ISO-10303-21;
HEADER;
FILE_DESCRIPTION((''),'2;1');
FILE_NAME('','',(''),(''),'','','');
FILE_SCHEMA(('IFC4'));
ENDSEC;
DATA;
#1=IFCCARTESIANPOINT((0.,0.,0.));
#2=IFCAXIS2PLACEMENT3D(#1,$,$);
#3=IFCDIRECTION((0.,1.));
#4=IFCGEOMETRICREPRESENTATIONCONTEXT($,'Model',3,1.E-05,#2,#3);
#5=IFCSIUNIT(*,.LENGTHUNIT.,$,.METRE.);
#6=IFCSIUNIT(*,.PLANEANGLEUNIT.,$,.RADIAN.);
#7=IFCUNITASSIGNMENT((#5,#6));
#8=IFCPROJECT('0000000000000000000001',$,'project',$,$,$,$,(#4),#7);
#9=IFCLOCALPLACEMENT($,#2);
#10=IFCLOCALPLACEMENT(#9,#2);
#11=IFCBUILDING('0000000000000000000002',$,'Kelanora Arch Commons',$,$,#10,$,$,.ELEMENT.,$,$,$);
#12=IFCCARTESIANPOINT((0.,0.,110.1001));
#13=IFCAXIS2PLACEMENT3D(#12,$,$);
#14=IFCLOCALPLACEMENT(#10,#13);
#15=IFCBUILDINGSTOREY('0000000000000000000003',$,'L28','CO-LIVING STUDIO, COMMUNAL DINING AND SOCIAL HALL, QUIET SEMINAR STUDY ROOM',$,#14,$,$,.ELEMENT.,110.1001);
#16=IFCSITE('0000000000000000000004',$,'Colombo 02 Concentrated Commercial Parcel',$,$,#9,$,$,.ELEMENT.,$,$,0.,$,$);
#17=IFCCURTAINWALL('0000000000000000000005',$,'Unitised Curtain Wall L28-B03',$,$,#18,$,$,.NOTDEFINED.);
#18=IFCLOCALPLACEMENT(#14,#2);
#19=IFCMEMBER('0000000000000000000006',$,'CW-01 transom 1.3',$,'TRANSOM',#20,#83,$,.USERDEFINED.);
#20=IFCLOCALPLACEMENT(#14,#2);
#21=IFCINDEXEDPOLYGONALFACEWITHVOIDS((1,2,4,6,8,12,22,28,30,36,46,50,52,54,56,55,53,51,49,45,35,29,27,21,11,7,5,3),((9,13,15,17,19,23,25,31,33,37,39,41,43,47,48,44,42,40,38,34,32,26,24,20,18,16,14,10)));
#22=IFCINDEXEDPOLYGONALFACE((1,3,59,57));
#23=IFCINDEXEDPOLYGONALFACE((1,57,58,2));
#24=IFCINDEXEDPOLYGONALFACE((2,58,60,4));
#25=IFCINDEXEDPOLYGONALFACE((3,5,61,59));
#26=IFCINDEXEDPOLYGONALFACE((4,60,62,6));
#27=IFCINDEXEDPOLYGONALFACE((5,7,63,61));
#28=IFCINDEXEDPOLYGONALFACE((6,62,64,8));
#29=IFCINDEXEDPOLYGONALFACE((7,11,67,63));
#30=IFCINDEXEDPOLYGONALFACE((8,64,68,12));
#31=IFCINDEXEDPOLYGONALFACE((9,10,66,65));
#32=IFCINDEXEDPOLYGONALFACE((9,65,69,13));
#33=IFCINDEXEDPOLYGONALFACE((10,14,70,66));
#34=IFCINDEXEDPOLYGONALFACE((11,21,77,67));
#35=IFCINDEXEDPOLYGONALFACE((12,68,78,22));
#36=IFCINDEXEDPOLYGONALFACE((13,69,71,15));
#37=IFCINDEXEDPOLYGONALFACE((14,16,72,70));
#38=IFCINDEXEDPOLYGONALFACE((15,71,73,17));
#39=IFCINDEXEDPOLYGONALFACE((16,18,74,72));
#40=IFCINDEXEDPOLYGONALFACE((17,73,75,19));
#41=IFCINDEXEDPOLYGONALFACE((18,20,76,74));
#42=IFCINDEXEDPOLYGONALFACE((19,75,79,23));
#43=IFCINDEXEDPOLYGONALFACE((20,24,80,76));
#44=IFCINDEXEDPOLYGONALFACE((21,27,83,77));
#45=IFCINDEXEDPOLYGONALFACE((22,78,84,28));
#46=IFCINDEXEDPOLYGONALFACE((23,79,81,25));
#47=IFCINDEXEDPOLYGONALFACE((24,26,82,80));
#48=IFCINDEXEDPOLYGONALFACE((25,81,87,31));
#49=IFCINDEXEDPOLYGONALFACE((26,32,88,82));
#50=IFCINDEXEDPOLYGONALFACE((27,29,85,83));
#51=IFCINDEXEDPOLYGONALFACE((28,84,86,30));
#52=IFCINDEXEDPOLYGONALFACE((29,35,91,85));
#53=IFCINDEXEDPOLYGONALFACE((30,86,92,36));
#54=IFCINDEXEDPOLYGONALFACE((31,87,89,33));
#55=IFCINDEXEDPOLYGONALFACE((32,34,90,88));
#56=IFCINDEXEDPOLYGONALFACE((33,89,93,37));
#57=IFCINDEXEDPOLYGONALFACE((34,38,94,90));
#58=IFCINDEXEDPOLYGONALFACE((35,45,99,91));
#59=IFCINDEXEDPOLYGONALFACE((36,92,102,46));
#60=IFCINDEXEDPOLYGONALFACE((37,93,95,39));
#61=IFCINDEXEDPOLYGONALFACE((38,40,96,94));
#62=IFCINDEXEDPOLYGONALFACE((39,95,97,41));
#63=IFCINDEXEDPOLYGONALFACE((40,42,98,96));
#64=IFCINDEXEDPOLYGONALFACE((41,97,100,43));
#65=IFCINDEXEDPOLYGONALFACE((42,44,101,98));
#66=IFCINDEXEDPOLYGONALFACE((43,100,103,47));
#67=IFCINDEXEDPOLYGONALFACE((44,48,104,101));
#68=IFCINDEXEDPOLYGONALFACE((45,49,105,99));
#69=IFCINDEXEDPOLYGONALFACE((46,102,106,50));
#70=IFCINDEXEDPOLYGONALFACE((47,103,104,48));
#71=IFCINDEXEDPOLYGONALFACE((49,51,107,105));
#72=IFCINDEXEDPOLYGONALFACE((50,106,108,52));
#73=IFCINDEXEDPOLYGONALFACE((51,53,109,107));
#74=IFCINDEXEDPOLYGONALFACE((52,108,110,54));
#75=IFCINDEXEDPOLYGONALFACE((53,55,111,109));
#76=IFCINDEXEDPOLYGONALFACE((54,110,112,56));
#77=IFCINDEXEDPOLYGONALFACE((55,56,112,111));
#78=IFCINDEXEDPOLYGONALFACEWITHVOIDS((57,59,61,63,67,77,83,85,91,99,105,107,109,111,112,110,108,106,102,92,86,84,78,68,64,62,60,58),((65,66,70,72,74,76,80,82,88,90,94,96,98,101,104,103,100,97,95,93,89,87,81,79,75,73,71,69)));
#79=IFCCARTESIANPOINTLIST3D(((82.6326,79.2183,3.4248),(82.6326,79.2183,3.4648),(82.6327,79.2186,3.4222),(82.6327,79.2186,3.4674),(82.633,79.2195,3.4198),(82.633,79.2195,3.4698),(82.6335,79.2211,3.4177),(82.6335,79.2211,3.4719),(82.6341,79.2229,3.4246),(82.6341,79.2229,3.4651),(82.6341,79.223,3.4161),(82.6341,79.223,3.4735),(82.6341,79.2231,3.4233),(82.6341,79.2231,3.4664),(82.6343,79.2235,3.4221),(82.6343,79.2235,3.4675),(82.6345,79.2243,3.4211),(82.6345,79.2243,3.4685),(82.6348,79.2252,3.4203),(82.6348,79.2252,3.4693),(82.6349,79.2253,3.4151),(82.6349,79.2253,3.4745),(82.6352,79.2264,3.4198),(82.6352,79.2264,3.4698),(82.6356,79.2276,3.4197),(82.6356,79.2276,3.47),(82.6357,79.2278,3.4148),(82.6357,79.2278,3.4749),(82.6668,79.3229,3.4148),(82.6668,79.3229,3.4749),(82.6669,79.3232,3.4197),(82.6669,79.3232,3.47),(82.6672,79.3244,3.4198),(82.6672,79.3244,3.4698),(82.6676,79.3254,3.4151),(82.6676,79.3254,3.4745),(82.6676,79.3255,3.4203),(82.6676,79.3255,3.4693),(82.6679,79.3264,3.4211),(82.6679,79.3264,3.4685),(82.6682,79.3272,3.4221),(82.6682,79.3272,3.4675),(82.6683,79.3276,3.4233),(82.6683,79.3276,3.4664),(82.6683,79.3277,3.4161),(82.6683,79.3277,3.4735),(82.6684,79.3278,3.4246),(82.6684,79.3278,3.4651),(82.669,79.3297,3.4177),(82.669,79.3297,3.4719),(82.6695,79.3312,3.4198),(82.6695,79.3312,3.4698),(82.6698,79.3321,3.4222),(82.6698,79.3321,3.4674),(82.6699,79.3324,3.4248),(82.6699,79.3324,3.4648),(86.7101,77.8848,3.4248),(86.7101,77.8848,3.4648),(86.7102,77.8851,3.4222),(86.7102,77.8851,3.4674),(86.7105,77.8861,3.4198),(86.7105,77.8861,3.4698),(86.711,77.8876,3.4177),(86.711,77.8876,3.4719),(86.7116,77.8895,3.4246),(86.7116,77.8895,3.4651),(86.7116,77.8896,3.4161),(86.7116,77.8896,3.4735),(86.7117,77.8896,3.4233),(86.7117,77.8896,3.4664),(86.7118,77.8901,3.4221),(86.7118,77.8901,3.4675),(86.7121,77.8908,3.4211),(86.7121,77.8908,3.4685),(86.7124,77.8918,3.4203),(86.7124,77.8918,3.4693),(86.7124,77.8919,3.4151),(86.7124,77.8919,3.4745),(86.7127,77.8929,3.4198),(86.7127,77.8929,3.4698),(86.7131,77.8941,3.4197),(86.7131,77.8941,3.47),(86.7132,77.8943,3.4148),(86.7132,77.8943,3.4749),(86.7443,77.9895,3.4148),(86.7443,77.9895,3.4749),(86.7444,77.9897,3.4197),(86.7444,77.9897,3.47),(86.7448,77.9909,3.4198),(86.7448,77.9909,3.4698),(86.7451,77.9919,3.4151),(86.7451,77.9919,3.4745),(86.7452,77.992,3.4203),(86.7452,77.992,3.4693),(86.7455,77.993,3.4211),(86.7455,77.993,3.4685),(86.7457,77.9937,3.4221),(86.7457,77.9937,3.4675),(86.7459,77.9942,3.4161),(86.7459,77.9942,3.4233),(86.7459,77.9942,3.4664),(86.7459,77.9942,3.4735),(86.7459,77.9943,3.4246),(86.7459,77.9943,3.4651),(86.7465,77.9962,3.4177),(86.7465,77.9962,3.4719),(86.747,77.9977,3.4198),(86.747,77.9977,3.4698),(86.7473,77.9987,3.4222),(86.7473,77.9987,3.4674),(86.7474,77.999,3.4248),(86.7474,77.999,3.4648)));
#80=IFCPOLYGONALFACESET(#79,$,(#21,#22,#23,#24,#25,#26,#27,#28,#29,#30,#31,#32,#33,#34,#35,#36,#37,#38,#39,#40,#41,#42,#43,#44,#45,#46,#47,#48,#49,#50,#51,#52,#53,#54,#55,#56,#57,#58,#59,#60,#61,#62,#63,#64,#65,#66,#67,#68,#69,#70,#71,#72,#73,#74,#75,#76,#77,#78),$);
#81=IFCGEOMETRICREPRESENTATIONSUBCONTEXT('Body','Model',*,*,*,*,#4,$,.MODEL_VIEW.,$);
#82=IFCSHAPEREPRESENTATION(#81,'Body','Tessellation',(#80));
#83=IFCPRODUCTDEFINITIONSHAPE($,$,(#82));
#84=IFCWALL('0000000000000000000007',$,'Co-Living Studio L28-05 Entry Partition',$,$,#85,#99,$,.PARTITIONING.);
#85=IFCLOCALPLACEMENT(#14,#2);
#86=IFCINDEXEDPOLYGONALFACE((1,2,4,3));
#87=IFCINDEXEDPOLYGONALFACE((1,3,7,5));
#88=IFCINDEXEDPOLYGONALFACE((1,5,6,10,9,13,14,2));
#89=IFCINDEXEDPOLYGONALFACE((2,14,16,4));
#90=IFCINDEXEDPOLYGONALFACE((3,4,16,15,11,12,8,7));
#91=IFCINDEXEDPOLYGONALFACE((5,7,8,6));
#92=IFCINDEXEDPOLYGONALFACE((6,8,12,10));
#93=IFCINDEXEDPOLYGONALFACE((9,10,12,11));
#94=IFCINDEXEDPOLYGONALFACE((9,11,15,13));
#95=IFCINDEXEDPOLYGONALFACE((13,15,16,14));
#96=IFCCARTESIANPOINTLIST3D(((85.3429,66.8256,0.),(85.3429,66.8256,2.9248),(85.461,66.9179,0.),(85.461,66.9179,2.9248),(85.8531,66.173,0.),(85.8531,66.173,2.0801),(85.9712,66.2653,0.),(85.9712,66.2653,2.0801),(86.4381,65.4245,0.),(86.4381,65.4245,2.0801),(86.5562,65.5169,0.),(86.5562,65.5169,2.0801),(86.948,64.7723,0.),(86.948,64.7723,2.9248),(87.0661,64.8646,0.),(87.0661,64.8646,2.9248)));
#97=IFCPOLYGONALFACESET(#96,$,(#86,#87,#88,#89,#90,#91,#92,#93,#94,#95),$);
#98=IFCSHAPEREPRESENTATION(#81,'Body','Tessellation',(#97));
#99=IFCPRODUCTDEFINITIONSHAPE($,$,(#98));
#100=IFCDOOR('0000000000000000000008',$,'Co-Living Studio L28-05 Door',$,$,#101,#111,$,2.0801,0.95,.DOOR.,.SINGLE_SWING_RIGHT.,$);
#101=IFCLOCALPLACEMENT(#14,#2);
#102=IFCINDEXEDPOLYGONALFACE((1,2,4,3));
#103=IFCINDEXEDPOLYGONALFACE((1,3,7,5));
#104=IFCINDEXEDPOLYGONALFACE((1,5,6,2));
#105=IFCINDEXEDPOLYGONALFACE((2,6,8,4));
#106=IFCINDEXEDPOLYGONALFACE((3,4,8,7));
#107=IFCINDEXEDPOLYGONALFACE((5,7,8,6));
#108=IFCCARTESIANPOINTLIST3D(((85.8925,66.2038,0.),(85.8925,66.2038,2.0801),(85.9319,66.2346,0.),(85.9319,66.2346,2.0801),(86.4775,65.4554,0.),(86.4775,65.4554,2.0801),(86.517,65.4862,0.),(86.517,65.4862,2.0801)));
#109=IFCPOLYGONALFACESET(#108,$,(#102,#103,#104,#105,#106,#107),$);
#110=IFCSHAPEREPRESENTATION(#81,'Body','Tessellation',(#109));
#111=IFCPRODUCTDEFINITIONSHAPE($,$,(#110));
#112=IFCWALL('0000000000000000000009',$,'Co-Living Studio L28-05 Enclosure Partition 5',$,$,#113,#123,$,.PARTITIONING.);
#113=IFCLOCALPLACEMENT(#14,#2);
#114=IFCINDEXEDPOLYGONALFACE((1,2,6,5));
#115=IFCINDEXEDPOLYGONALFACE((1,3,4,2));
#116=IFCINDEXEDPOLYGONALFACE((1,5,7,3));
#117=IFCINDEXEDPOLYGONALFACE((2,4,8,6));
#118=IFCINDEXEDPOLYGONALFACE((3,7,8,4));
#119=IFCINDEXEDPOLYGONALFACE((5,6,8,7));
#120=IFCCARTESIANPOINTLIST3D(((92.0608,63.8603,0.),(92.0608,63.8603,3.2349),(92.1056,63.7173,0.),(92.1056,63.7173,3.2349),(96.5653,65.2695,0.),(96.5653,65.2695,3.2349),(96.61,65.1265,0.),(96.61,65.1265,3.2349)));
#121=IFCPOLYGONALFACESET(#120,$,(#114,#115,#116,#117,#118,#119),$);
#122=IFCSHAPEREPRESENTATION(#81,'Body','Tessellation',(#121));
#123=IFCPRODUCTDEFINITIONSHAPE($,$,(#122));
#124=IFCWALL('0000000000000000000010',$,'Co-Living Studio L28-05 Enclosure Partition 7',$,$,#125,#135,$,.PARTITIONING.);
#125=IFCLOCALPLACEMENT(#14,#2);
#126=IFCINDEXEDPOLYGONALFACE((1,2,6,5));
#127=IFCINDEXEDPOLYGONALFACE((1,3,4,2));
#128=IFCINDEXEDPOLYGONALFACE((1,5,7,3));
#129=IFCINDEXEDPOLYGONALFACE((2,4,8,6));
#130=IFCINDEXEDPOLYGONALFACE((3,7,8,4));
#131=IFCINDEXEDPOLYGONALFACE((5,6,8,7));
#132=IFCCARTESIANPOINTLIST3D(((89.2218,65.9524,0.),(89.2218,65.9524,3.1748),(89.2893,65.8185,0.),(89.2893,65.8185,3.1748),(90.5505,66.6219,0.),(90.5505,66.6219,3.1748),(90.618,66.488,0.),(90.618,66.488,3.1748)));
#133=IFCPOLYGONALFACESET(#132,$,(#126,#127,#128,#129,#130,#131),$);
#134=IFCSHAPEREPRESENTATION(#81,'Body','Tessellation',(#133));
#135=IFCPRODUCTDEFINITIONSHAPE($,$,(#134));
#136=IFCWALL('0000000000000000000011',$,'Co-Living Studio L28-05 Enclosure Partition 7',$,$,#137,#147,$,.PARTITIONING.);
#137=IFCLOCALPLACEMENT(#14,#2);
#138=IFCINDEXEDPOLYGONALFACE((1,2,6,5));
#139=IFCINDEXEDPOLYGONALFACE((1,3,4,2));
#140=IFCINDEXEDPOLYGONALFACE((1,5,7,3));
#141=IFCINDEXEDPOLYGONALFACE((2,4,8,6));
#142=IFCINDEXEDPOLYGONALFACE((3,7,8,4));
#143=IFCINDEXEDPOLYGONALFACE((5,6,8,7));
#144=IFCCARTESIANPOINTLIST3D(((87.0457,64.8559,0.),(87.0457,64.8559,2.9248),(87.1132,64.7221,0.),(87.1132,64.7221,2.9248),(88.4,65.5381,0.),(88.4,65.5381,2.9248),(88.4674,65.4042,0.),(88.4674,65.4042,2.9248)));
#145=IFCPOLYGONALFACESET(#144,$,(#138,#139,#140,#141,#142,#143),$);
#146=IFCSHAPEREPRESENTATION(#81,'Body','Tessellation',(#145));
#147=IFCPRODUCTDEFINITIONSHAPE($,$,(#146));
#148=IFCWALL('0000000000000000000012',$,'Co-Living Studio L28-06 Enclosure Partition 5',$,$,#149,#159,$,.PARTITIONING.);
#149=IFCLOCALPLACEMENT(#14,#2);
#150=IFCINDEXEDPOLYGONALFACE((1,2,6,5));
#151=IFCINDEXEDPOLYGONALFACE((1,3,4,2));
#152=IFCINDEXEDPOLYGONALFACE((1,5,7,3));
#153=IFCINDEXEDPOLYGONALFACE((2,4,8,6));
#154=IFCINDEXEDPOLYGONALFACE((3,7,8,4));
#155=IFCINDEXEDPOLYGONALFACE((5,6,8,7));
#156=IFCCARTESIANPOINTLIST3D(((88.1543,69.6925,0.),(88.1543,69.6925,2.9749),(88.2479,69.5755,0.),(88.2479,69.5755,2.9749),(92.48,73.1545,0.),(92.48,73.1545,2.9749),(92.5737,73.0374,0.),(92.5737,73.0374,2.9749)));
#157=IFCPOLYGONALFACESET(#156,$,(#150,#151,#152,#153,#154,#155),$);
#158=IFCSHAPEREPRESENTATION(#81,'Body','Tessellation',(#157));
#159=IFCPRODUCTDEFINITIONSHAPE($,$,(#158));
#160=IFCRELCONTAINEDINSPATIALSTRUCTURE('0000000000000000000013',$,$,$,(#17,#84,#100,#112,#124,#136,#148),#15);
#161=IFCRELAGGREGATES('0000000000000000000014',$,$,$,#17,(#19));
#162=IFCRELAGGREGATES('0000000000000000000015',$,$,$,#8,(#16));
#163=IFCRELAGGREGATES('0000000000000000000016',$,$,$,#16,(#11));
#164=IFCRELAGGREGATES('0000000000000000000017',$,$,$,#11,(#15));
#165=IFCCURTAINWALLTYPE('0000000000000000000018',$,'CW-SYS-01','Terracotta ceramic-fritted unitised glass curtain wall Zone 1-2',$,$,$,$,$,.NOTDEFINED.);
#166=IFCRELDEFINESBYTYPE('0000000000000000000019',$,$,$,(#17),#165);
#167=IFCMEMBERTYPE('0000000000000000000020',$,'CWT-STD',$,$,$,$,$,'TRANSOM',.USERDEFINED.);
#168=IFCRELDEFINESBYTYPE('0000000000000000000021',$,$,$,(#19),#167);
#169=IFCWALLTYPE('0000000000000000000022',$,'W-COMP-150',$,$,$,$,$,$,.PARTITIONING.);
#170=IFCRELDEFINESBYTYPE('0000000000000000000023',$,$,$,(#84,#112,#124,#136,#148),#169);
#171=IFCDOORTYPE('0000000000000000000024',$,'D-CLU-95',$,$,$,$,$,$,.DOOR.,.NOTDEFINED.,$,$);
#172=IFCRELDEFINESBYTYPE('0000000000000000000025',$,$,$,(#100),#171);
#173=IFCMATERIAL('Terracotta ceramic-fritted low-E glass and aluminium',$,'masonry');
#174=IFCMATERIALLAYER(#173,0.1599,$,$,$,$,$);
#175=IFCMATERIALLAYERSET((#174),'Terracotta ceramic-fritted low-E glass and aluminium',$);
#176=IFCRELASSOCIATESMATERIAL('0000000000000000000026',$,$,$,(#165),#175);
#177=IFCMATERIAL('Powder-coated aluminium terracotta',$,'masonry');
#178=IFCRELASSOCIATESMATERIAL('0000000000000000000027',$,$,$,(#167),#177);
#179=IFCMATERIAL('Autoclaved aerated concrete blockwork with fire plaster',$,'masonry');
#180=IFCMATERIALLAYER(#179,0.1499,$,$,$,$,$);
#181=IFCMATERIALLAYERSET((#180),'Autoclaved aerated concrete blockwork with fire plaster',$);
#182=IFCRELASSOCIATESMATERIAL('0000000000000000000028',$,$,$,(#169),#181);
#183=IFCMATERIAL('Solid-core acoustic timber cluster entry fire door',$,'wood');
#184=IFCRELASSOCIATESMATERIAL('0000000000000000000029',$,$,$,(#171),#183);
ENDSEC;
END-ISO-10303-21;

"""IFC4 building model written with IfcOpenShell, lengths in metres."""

from ifc_helpers import new_model, si_unit, direction, frame, frame_2d, origin, origin_2d, place, context, subcontext, project, spatial, rectangle, hollow_rectangle, extrude, material, layer, layer_set, material_profile, profile_set, type_object, element, fill, aggregate, save


model = new_model("IFC4")

# Units and contexts
model_context = context("Model", 3, precision=1e-05, world=origin(), true_north=direction((0.0, 1.0)))
body_context = subcontext(model_context, "Body", "Model", "MODEL_VIEW")
ifc_project = project(units=[si_unit("LENGTHUNIT", "METRE"), si_unit("PLANEANGLEUNIT", "RADIAN")], contexts=[model_context])

# Site, building, storey
site_placement = place(None, origin())
site = spatial("IfcSite", under=ifc_project, at=site_placement, Name="Colombo 02 Concentrated Commercial Parcel", CompositionType="ELEMENT", RefElevation=0.0)
building_placement = place(site_placement, origin())
building = spatial("IfcBuilding", under=site, at=building_placement, Name="Kelanora Arch Commons", CompositionType="ELEMENT")
storey_placement = place(building_placement, frame((0.0, 0.0, 110.1001)))
storey = spatial("IfcBuildingStorey", under=building, at=storey_placement, Name="L28", Description="CO-LIVING STUDIO, COMMUNAL DINING AND SOCIAL HALL, QUIET SEMINAR STUDY ROOM", CompositionType="ELEMENT", Elevation=110.1001)

# Shared definitions
ifc_material_1 = material(Name="Terracotta ceramic-fritted low-E glass and aluminium", Category="masonry")
ifc_layer_1 = layer(ifc_material_1, 0.1599)
ifc_layer_set_1 = layer_set([ifc_layer_1], Name="Terracotta ceramic-fritted low-E glass and aluminium")
curtain_wall_type = type_object("IfcCurtainWallType", Name="CW-SYS-01", Description="Terracotta ceramic-fritted unitised glass curtain wall Zone 1-2", PredefinedType="NOTDEFINED", material=ifc_layer_set_1)
ifc_material_2 = material(Name="Powder-coated aluminium terracotta", Category="masonry")

# Curtain wall, member
curtain_wall_1_placement = place(storey_placement, origin())
curtain_wall_1 = element("IfcCurtainWall", 1, at=curtain_wall_1_placement, inside=storey, type_object=curtain_wall_type, Name="Unitised Curtain Wall L28-B03", PredefinedType="NOTDEFINED")
ifc_material_profile_1 = material_profile(ifc_material_2, hollow_rectangle(XDim=0.1201, YDim=0.0601, WallThickness=0.0049, InnerFilletRadius=0.0049, OuterFilletRadius=0.01, at=origin_2d()), Name="CWT120x60")
ifc_profile_set_1 = profile_set([ifc_material_profile_1], Name="Powder-coated aluminium terracotta")
member_type_1 = type_object("IfcMemberType", Name="CWT-STD", ElementType="TRANSOM", PredefinedType="USERDEFINED", material=ifc_profile_set_1)
member_1_placement = place(storey_placement, frame((86.7288, 77.9419, 3.4448), z_axis=(-0.950466, 0.310828, 0.0), x_axis=(-0.310828, -0.950466, 0.0)))
member_1 = element("IfcMember", 2, at=member_1_placement, type_object=member_type_1, Name="CW-01 transom 1.3", ObjectType="TRANSOM", PredefinedType="USERDEFINED", context=body_context, shape_type="SweptSolid", body=[
    extrude(hollow_rectangle(XDim=0.1201, YDim=0.0601, WallThickness=0.0049, InnerFilletRadius=0.0049, OuterFilletRadius=0.01, at=origin_2d()), origin(), (0.0, 0.0, 1.0), 4.29),
])
aggregate(curtain_wall_1, [member_1])

# Wall, opening, door
ifc_material_3 = material(Name="Autoclaved aerated concrete blockwork with fire plaster", Category="masonry")
ifc_layer_2 = layer(ifc_material_3, 0.1499)
ifc_layer_set_2 = layer_set([ifc_layer_2], Name="Autoclaved aerated concrete blockwork with fire plaster")
wall_type_1 = type_object("IfcWallType", Name="W-COMP-150", PredefinedType="PARTITIONING", material=ifc_layer_set_2)
wall_1_placement = place(storey_placement, frame((87.0071, 64.8184, 0.0), z_axis=(0.0, 0.0, 1.0), x_axis=(-0.615859, 0.787857, 0.0)))
wall_1 = element("IfcWall", 3, at=wall_1_placement, inside=storey, type_object=wall_type_1, Name="Co-Living Studio L28-05 Entry Partition", PredefinedType="PARTITIONING", context=body_context, shape_type="SweptSolid", body=[
    extrude(rectangle(XDim=2.6062, YDim=0.1499, at=frame_2d((1.3032, 0.0))), origin(), (0.0, 0.0, 1.0), 2.9248),
])
opening_1_placement = place(wall_1_placement, frame((0.8279, 0.0, 0.0)))
opening_1 = element("IfcOpeningElement", 4, at=opening_1_placement, cuts=wall_1, PredefinedType="OPENING", context=body_context, shape_type="SweptSolid", body=[
    extrude(rectangle(XDim=0.95, YDim=2.0801, at=frame_2d((0.4751, 1.04))), frame((0.0, 0.085, 0.0), z_axis=(0.0, -1.0, 0.0), x_axis=(1.0, 0.0, 0.0)), (0.0, 0.0, 1.0), 0.1699),
])
ifc_material_4 = material(Name="Solid-core acoustic timber cluster entry fire door", Category="wood")
door_type_1 = type_object("IfcDoorType", Name="D-CLU-95", OperationType="NOTDEFINED", PredefinedType="DOOR", material=ifc_material_4)
door_1_placement = place(opening_1_placement, origin())
door_1 = element("IfcDoor", 5, at=door_1_placement, inside=storey, type_object=door_type_1, Name="Co-Living Studio L28-05 Door", OperationType="SINGLE_SWING_RIGHT", OverallHeight=2.0801, OverallWidth=0.95, PredefinedType="DOOR", context=body_context, shape_type="SweptSolid", body=[
    extrude(rectangle(XDim=0.95, YDim=2.0801, at=frame_2d((0.4751, 1.04))), frame((0.0, 0.0249, 0.0), z_axis=(0.0, -1.0, 0.0), x_axis=(1.0, 0.0, 0.0)), (0.0, 0.0, 1.0), 0.05),
])
fill(opening_1, door_1)

# Walls
wall_2_placement = place(storey_placement, frame((96.5876, 65.198, 0.0), z_axis=(0.0, 0.0, 1.0), x_axis=(-0.954386, -0.298575, 0.0)))
element("IfcWall", 6, at=wall_2_placement, inside=storey, type_object=wall_type_1, Name="Co-Living Studio L28-05 Enclosure Partition 5", PredefinedType="PARTITIONING", context=body_context, shape_type="SweptSolid", body=[
    extrude(rectangle(XDim=4.7197, YDim=0.1499, at=frame_2d((2.3599, 0.0))), origin(), (0.0, 0.0, 1.0), 3.2349),
])
wall_3_placement = place(storey_placement, frame((90.5842, 66.5549, 0.0), z_axis=(0.0, 0.0, 1.0), x_axis=(-0.893044, -0.449968, 0.0)))
element("IfcWall", 7, at=wall_3_placement, inside=storey, type_object=wall_type_1, Name="Co-Living Studio L28-05 Enclosure Partition 7", PredefinedType="PARTITIONING", context=body_context, shape_type="SweptSolid", body=[
    extrude(rectangle(XDim=1.4878, YDim=0.1499, at=frame_2d((0.7439, 0.0))), origin(), (0.0, 0.0, 1.0), 3.1748),
])
wall_4_placement = place(storey_placement, frame((88.4338, 65.4712, 0.0), z_axis=(0.0, 0.0, 1.0), x_axis=(-0.893103, -0.449852, 0.0)))
element("IfcWall", 8, at=wall_4_placement, inside=storey, type_object=wall_type_1, Name="Co-Living Studio L28-05 Enclosure Partition 7", PredefinedType="PARTITIONING", context=body_context, shape_type="SweptSolid", body=[
    extrude(rectangle(XDim=1.5164, YDim=0.1499, at=frame_2d((0.7583, 0.0))), origin(), (0.0, 0.0, 1.0), 2.9248),
])
wall_5_placement = place(storey_placement, frame((92.5269, 73.0959, 0.0), z_axis=(0.0, 0.0, 1.0), x_axis=(-0.780748, -0.624846, 0.0)))
element("IfcWall", 9, at=wall_5_placement, inside=storey, type_object=wall_type_1, Name="Co-Living Studio L28-06 Enclosure Partition 5", PredefinedType="PARTITIONING", context=body_context, shape_type="SweptSolid", body=[
    extrude(rectangle(XDim=5.5405, YDim=0.1499, at=frame_2d((2.7703, 0.0))), origin(), (0.0, 0.0, 1.0), 2.9749),
])

save(model, "model.ifc")
